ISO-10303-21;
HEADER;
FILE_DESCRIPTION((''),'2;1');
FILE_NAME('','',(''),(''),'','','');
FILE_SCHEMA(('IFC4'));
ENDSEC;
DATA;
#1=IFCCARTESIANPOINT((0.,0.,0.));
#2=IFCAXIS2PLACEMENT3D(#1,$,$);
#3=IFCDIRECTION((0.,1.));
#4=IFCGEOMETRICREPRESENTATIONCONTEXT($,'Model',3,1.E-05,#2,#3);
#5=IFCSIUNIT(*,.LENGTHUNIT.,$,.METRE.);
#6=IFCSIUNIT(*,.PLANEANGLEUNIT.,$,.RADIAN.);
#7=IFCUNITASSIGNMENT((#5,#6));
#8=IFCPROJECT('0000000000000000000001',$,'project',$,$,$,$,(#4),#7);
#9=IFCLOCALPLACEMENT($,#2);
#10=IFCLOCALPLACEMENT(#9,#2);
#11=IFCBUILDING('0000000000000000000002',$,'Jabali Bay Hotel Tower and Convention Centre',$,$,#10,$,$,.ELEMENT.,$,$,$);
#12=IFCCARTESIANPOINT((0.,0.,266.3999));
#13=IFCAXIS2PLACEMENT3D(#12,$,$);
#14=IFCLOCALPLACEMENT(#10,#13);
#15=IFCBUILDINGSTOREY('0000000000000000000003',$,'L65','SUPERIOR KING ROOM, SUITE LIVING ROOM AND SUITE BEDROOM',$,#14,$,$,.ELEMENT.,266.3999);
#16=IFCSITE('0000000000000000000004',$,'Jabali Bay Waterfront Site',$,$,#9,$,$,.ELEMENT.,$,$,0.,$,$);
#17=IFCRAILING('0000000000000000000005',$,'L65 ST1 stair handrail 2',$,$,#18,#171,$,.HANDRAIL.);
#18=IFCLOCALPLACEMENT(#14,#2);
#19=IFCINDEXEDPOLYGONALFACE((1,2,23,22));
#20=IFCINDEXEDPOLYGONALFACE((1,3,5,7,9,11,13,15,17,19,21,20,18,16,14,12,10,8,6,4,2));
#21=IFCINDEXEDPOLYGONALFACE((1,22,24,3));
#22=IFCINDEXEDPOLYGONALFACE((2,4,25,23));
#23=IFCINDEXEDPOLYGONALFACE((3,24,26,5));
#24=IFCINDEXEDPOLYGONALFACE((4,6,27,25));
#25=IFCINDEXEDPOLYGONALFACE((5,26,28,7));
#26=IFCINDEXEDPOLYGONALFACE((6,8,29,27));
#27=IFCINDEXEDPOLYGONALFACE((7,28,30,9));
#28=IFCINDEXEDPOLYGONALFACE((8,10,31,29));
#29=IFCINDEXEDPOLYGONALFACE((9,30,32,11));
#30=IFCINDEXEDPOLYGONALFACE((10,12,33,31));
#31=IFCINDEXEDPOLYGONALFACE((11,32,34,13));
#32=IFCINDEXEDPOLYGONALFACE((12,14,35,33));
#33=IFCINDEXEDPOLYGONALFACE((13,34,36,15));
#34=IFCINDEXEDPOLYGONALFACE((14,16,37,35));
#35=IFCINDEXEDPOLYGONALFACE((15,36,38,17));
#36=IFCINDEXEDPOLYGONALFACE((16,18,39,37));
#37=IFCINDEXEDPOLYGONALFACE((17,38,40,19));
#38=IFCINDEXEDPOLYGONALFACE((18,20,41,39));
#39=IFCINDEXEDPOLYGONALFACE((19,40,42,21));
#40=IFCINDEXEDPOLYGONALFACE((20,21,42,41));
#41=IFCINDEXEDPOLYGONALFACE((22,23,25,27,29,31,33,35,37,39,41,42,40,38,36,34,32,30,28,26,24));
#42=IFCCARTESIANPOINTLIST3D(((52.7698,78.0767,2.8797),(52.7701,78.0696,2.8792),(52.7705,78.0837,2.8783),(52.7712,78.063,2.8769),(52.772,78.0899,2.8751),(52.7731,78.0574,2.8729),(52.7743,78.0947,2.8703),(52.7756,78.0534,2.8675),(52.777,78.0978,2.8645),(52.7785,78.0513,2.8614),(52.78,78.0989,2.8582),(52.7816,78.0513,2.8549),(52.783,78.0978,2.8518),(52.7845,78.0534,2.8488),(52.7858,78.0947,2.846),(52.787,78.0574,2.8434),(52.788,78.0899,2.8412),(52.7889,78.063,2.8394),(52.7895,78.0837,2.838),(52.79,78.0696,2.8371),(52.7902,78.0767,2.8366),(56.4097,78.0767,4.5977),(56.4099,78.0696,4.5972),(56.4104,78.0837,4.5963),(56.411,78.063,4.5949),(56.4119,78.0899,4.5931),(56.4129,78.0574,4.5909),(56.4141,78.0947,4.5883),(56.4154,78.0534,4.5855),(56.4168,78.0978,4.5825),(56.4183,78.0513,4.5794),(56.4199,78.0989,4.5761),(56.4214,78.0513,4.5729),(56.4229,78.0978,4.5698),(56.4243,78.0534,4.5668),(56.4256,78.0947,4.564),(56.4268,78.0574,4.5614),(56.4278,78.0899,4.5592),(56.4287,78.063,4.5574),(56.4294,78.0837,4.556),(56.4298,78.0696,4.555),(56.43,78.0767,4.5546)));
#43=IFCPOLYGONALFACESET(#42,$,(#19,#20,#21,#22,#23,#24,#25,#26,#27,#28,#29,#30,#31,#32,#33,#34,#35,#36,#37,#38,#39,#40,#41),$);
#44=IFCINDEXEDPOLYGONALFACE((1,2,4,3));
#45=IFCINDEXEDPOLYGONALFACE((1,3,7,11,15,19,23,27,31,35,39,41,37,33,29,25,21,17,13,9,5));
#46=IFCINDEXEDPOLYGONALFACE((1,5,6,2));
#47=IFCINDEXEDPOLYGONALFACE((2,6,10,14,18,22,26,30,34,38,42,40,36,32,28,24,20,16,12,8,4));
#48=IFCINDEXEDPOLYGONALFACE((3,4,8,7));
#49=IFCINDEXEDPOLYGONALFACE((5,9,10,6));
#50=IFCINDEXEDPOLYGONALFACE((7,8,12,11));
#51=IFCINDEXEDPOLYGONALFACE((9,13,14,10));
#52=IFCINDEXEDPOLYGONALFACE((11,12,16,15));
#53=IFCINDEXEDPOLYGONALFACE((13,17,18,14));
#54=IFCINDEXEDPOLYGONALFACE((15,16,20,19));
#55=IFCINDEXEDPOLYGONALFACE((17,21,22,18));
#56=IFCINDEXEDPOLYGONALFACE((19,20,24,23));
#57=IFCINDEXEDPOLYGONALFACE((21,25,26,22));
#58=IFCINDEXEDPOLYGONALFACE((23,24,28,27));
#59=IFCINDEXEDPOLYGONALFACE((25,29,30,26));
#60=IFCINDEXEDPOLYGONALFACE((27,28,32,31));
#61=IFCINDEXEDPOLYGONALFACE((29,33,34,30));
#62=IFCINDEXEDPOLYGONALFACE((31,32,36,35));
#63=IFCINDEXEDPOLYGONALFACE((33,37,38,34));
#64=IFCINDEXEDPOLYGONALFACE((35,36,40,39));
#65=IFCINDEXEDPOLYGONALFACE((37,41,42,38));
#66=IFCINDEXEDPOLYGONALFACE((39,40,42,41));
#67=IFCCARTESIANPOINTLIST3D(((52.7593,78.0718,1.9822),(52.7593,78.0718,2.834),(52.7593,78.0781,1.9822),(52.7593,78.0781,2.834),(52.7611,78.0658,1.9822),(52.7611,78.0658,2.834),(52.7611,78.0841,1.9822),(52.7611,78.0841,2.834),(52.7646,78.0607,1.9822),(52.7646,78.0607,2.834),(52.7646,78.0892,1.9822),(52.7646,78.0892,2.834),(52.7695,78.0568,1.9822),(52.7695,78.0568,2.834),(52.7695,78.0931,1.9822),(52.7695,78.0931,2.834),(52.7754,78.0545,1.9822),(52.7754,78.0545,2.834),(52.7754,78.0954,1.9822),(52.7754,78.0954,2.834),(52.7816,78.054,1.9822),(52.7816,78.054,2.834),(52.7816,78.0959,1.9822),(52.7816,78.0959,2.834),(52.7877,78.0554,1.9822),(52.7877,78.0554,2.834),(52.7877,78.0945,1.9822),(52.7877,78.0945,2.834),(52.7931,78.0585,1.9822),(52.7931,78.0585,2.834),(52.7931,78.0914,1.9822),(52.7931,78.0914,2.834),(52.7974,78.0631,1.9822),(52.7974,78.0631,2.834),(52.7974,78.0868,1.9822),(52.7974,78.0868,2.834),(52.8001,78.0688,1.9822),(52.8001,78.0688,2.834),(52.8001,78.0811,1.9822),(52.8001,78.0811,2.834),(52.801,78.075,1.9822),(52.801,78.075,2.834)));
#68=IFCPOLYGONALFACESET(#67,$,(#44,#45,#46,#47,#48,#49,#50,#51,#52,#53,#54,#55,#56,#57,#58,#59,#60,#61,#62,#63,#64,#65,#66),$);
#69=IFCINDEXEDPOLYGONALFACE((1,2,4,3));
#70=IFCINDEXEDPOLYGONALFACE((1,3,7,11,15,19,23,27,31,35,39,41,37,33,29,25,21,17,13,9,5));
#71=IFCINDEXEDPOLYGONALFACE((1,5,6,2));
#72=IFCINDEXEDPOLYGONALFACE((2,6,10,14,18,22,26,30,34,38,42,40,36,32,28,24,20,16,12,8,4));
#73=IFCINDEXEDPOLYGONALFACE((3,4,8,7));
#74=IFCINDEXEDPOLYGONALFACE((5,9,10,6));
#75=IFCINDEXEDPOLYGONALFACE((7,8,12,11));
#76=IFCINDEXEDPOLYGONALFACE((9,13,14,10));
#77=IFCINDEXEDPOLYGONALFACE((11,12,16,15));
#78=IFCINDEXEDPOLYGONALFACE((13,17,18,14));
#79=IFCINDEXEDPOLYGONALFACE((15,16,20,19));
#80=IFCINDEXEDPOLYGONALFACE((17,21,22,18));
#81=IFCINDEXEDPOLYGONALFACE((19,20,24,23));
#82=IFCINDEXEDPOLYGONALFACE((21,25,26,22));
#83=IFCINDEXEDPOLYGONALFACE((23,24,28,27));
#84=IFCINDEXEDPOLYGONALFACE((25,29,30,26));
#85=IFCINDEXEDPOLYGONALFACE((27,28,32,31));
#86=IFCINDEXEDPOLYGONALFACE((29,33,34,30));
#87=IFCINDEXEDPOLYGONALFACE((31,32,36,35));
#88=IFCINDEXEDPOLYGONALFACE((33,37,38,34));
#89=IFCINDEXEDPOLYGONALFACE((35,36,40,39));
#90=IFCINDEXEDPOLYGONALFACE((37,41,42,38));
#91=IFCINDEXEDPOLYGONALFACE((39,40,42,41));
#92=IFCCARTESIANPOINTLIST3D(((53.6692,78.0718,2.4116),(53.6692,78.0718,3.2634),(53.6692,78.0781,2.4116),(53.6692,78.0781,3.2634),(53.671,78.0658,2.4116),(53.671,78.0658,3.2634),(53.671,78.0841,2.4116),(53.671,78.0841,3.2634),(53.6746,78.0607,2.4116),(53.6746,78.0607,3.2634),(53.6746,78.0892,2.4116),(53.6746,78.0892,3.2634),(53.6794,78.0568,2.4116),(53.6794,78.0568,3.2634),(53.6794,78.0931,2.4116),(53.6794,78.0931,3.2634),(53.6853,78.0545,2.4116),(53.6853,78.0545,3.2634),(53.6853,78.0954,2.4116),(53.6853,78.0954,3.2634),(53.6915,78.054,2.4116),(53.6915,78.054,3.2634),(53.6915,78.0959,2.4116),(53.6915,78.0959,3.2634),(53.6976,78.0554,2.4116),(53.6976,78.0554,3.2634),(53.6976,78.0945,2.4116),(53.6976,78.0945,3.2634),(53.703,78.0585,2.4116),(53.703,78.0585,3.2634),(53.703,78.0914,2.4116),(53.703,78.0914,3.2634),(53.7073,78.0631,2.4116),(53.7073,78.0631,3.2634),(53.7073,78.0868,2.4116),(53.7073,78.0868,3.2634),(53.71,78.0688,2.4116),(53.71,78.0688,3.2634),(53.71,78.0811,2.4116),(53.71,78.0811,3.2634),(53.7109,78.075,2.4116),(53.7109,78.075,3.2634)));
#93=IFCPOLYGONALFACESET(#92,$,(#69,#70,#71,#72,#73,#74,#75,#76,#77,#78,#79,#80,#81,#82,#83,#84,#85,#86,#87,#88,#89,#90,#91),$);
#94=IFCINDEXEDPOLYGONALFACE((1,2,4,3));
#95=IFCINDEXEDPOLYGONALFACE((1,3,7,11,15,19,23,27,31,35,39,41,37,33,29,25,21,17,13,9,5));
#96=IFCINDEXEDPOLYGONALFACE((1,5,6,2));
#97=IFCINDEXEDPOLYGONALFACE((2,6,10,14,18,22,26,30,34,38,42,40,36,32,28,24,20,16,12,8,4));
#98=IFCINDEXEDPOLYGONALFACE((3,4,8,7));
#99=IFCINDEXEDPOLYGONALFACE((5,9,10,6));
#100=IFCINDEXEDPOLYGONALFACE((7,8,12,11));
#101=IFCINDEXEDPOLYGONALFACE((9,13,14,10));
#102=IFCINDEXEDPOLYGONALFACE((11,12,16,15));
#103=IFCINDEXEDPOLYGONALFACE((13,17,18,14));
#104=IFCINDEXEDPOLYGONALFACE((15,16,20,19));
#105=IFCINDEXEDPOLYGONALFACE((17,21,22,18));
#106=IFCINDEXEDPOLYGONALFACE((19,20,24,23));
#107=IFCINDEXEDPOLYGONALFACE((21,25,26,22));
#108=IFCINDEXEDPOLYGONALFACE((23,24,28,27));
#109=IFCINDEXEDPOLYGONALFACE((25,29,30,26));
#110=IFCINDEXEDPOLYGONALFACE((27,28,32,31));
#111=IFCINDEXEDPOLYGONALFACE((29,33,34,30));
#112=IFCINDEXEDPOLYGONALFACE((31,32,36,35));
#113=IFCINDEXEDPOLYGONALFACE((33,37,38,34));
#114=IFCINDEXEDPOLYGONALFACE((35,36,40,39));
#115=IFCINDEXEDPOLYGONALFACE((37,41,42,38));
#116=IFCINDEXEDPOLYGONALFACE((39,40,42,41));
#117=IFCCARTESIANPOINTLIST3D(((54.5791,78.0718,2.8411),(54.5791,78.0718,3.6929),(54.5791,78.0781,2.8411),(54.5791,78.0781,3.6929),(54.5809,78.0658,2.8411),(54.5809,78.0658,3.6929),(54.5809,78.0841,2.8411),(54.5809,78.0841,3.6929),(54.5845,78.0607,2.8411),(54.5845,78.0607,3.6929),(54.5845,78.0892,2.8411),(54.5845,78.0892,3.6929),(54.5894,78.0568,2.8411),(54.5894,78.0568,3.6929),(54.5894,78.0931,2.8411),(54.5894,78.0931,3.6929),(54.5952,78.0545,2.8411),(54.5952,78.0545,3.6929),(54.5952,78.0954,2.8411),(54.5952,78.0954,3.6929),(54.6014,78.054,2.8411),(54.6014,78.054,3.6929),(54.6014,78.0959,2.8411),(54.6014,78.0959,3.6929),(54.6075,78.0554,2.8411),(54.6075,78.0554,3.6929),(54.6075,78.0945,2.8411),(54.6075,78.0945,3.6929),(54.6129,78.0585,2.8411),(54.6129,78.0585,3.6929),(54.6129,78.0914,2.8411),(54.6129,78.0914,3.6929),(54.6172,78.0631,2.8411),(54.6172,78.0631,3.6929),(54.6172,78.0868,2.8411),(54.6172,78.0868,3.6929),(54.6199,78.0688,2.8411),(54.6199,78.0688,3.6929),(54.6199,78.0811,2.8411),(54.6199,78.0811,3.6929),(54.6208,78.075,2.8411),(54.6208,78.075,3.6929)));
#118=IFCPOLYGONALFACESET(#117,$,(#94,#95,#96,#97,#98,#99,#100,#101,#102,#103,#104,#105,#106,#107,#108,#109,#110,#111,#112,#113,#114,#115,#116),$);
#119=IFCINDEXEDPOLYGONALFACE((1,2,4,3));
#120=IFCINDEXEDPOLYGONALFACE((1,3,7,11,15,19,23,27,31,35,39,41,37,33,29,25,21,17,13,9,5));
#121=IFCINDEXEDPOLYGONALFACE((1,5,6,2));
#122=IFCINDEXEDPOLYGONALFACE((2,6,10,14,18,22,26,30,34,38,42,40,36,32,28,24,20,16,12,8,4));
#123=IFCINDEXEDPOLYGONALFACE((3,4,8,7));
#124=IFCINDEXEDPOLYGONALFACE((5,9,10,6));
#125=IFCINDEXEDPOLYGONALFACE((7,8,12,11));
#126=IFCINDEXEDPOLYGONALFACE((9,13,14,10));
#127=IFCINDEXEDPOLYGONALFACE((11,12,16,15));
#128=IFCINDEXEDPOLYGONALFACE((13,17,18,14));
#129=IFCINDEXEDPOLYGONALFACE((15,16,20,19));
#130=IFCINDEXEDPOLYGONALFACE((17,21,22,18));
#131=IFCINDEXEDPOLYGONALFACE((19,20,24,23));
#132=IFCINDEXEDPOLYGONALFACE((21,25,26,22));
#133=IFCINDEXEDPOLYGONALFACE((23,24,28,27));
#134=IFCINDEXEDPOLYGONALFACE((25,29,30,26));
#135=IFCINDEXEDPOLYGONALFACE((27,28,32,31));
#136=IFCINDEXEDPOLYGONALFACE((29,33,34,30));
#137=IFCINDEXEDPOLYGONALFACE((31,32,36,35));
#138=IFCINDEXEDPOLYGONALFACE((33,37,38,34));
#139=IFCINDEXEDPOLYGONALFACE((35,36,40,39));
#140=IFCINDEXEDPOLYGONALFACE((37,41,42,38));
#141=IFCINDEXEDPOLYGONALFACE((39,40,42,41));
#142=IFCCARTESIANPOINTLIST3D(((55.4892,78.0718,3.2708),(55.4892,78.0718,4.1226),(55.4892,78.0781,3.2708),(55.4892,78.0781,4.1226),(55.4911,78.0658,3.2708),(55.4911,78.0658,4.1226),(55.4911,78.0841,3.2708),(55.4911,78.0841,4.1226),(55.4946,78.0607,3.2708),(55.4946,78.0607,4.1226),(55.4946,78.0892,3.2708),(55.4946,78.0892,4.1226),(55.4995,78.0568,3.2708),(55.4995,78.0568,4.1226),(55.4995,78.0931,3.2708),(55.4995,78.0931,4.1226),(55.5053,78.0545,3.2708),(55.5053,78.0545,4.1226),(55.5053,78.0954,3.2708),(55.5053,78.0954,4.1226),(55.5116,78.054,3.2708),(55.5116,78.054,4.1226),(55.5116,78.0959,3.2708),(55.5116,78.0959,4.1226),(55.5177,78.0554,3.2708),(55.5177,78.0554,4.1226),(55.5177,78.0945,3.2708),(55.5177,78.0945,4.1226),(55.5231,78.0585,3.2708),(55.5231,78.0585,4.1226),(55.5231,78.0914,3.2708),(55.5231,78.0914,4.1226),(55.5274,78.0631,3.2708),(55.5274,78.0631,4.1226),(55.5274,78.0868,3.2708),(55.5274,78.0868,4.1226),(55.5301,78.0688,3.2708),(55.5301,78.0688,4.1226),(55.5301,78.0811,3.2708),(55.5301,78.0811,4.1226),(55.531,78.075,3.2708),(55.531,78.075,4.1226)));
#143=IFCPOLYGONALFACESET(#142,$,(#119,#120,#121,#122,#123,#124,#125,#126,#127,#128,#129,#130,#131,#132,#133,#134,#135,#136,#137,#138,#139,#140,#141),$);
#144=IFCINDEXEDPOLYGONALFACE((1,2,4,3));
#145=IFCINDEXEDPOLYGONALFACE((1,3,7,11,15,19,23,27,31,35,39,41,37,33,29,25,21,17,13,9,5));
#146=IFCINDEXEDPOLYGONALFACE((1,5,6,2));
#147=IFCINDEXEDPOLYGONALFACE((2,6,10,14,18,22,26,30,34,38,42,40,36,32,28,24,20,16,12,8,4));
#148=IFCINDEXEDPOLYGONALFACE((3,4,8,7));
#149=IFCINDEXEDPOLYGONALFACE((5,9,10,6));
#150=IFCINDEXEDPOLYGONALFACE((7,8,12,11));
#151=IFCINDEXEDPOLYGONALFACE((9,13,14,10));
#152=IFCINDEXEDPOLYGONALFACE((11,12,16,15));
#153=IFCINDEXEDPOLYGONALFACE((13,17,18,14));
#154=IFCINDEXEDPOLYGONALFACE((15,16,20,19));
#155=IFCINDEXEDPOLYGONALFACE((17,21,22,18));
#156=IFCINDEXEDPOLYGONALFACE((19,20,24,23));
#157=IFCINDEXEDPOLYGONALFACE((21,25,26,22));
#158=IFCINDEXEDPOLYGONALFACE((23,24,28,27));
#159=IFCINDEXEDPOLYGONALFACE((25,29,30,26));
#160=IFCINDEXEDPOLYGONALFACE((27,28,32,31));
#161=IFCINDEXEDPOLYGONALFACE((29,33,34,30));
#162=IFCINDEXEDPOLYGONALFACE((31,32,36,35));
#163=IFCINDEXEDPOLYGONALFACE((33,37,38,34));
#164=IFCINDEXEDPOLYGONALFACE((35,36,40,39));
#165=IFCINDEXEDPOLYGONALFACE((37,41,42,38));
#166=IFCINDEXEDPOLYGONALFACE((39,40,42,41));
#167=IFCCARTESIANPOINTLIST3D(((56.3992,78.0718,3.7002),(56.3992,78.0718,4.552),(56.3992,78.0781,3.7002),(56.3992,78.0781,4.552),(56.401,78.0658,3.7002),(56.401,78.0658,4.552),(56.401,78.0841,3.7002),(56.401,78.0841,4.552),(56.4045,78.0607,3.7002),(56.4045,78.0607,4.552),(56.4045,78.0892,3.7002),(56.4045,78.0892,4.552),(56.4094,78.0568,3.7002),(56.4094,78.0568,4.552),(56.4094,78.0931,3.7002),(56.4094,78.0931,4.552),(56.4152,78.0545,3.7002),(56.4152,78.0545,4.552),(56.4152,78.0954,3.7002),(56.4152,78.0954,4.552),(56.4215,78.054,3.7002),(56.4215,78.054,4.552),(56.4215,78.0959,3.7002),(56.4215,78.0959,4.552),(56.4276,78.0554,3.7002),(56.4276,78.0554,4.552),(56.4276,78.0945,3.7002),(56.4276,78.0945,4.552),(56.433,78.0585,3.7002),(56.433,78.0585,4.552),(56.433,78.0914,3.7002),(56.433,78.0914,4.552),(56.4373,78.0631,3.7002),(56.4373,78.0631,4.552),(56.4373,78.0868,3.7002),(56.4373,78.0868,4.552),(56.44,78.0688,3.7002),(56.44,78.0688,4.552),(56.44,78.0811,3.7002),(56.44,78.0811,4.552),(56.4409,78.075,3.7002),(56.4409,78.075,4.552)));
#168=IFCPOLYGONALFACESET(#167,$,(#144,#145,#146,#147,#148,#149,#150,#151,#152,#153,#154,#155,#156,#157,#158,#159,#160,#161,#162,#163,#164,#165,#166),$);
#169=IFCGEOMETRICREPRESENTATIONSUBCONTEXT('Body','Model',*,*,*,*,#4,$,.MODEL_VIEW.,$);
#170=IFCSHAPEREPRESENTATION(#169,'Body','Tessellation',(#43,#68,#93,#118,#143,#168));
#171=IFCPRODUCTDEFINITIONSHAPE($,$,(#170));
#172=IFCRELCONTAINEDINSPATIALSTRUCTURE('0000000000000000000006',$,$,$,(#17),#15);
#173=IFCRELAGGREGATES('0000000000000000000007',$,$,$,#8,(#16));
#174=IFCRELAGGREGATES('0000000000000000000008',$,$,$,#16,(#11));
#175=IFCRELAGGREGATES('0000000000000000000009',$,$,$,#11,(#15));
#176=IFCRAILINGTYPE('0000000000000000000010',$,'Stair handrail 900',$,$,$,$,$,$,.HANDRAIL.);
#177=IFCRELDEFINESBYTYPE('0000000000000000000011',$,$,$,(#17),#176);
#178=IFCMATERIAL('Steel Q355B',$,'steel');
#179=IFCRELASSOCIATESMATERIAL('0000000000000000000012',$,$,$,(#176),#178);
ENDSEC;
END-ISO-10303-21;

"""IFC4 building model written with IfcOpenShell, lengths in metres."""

from ifc_helpers import new_model, si_unit, direction, frame, origin, origin_2d, place, context, subcontext, project, spatial, circle, extrude, material, type_object, element, save


model = new_model("IFC4")

# Units and contexts
model_context = context("Model", 3, precision=1e-05, world=origin(), true_north=direction((0.0, 1.0)))
body_context = subcontext(model_context, "Body", "Model", "MODEL_VIEW")
ifc_project = project(units=[si_unit("LENGTHUNIT", "METRE"), si_unit("PLANEANGLEUNIT", "RADIAN")], contexts=[model_context])

# Site, building, storey
site_placement = place(None, origin())
site = spatial("IfcSite", under=ifc_project, at=site_placement, Name="Jabali Bay Waterfront Site", CompositionType="ELEMENT", RefElevation=0.0)
building_placement = place(site_placement, origin())
building = spatial("IfcBuilding", under=site, at=building_placement, Name="Jabali Bay Hotel Tower and Convention Centre", CompositionType="ELEMENT")
storey_placement = place(building_placement, frame((0.0, 0.0, 266.3999)))
storey = spatial("IfcBuildingStorey", under=building, at=storey_placement, Name="L65", Description="SUPERIOR KING ROOM, SUITE LIVING ROOM AND SUITE BEDROOM", CompositionType="ELEMENT", Elevation=266.3999)

# Railing
ifc_material_1 = material(Name="Steel Q355B", Category="steel")
railing_type = type_object("IfcRailingType", Name="Stair handrail 900", PredefinedType="HANDRAIL", material=ifc_material_1)
railing_placement = place(storey_placement, frame((52.78, 78.075, 1.9822)))
element("IfcRailing", 1, at=railing_placement, inside=storey, type_object=railing_type, Name="L65 ST1 stair handrail 2", PredefinedType="HANDRAIL", context=body_context, shape_type="SweptSolid", body=[
    extrude(circle(Radius=0.0239, at=origin_2d()), frame((0.0, 0.0, 0.876), z_axis=(0.904327, 0.0, 0.42684), x_axis=(0.0, 1.0, 0.0)), (0.0, 0.0, 1.0), 4.0249),
    extrude(circle(Radius=0.021, at=origin_2d()), origin(), (0.0, 0.0, 1.0), 0.8518),
    extrude(circle(Radius=0.021, at=origin_2d()), frame((0.9099, 0.0, 0.4294)), (0.0, 0.0, 1.0), 0.8518),
    extrude(circle(Radius=0.021, at=origin_2d()), frame((1.8198, 0.0, 0.8589)), (0.0, 0.0, 1.0), 0.8518),
    extrude(circle(Radius=0.021, at=origin_2d()), frame((2.73, 0.0, 1.2886)), (0.0, 0.0, 1.0), 0.8518),
    extrude(circle(Radius=0.021, at=origin_2d()), frame((3.6399, 0.0, 1.718)), (0.0, 0.0, 1.0), 0.8518),
])

save(model, "model.ifc")
